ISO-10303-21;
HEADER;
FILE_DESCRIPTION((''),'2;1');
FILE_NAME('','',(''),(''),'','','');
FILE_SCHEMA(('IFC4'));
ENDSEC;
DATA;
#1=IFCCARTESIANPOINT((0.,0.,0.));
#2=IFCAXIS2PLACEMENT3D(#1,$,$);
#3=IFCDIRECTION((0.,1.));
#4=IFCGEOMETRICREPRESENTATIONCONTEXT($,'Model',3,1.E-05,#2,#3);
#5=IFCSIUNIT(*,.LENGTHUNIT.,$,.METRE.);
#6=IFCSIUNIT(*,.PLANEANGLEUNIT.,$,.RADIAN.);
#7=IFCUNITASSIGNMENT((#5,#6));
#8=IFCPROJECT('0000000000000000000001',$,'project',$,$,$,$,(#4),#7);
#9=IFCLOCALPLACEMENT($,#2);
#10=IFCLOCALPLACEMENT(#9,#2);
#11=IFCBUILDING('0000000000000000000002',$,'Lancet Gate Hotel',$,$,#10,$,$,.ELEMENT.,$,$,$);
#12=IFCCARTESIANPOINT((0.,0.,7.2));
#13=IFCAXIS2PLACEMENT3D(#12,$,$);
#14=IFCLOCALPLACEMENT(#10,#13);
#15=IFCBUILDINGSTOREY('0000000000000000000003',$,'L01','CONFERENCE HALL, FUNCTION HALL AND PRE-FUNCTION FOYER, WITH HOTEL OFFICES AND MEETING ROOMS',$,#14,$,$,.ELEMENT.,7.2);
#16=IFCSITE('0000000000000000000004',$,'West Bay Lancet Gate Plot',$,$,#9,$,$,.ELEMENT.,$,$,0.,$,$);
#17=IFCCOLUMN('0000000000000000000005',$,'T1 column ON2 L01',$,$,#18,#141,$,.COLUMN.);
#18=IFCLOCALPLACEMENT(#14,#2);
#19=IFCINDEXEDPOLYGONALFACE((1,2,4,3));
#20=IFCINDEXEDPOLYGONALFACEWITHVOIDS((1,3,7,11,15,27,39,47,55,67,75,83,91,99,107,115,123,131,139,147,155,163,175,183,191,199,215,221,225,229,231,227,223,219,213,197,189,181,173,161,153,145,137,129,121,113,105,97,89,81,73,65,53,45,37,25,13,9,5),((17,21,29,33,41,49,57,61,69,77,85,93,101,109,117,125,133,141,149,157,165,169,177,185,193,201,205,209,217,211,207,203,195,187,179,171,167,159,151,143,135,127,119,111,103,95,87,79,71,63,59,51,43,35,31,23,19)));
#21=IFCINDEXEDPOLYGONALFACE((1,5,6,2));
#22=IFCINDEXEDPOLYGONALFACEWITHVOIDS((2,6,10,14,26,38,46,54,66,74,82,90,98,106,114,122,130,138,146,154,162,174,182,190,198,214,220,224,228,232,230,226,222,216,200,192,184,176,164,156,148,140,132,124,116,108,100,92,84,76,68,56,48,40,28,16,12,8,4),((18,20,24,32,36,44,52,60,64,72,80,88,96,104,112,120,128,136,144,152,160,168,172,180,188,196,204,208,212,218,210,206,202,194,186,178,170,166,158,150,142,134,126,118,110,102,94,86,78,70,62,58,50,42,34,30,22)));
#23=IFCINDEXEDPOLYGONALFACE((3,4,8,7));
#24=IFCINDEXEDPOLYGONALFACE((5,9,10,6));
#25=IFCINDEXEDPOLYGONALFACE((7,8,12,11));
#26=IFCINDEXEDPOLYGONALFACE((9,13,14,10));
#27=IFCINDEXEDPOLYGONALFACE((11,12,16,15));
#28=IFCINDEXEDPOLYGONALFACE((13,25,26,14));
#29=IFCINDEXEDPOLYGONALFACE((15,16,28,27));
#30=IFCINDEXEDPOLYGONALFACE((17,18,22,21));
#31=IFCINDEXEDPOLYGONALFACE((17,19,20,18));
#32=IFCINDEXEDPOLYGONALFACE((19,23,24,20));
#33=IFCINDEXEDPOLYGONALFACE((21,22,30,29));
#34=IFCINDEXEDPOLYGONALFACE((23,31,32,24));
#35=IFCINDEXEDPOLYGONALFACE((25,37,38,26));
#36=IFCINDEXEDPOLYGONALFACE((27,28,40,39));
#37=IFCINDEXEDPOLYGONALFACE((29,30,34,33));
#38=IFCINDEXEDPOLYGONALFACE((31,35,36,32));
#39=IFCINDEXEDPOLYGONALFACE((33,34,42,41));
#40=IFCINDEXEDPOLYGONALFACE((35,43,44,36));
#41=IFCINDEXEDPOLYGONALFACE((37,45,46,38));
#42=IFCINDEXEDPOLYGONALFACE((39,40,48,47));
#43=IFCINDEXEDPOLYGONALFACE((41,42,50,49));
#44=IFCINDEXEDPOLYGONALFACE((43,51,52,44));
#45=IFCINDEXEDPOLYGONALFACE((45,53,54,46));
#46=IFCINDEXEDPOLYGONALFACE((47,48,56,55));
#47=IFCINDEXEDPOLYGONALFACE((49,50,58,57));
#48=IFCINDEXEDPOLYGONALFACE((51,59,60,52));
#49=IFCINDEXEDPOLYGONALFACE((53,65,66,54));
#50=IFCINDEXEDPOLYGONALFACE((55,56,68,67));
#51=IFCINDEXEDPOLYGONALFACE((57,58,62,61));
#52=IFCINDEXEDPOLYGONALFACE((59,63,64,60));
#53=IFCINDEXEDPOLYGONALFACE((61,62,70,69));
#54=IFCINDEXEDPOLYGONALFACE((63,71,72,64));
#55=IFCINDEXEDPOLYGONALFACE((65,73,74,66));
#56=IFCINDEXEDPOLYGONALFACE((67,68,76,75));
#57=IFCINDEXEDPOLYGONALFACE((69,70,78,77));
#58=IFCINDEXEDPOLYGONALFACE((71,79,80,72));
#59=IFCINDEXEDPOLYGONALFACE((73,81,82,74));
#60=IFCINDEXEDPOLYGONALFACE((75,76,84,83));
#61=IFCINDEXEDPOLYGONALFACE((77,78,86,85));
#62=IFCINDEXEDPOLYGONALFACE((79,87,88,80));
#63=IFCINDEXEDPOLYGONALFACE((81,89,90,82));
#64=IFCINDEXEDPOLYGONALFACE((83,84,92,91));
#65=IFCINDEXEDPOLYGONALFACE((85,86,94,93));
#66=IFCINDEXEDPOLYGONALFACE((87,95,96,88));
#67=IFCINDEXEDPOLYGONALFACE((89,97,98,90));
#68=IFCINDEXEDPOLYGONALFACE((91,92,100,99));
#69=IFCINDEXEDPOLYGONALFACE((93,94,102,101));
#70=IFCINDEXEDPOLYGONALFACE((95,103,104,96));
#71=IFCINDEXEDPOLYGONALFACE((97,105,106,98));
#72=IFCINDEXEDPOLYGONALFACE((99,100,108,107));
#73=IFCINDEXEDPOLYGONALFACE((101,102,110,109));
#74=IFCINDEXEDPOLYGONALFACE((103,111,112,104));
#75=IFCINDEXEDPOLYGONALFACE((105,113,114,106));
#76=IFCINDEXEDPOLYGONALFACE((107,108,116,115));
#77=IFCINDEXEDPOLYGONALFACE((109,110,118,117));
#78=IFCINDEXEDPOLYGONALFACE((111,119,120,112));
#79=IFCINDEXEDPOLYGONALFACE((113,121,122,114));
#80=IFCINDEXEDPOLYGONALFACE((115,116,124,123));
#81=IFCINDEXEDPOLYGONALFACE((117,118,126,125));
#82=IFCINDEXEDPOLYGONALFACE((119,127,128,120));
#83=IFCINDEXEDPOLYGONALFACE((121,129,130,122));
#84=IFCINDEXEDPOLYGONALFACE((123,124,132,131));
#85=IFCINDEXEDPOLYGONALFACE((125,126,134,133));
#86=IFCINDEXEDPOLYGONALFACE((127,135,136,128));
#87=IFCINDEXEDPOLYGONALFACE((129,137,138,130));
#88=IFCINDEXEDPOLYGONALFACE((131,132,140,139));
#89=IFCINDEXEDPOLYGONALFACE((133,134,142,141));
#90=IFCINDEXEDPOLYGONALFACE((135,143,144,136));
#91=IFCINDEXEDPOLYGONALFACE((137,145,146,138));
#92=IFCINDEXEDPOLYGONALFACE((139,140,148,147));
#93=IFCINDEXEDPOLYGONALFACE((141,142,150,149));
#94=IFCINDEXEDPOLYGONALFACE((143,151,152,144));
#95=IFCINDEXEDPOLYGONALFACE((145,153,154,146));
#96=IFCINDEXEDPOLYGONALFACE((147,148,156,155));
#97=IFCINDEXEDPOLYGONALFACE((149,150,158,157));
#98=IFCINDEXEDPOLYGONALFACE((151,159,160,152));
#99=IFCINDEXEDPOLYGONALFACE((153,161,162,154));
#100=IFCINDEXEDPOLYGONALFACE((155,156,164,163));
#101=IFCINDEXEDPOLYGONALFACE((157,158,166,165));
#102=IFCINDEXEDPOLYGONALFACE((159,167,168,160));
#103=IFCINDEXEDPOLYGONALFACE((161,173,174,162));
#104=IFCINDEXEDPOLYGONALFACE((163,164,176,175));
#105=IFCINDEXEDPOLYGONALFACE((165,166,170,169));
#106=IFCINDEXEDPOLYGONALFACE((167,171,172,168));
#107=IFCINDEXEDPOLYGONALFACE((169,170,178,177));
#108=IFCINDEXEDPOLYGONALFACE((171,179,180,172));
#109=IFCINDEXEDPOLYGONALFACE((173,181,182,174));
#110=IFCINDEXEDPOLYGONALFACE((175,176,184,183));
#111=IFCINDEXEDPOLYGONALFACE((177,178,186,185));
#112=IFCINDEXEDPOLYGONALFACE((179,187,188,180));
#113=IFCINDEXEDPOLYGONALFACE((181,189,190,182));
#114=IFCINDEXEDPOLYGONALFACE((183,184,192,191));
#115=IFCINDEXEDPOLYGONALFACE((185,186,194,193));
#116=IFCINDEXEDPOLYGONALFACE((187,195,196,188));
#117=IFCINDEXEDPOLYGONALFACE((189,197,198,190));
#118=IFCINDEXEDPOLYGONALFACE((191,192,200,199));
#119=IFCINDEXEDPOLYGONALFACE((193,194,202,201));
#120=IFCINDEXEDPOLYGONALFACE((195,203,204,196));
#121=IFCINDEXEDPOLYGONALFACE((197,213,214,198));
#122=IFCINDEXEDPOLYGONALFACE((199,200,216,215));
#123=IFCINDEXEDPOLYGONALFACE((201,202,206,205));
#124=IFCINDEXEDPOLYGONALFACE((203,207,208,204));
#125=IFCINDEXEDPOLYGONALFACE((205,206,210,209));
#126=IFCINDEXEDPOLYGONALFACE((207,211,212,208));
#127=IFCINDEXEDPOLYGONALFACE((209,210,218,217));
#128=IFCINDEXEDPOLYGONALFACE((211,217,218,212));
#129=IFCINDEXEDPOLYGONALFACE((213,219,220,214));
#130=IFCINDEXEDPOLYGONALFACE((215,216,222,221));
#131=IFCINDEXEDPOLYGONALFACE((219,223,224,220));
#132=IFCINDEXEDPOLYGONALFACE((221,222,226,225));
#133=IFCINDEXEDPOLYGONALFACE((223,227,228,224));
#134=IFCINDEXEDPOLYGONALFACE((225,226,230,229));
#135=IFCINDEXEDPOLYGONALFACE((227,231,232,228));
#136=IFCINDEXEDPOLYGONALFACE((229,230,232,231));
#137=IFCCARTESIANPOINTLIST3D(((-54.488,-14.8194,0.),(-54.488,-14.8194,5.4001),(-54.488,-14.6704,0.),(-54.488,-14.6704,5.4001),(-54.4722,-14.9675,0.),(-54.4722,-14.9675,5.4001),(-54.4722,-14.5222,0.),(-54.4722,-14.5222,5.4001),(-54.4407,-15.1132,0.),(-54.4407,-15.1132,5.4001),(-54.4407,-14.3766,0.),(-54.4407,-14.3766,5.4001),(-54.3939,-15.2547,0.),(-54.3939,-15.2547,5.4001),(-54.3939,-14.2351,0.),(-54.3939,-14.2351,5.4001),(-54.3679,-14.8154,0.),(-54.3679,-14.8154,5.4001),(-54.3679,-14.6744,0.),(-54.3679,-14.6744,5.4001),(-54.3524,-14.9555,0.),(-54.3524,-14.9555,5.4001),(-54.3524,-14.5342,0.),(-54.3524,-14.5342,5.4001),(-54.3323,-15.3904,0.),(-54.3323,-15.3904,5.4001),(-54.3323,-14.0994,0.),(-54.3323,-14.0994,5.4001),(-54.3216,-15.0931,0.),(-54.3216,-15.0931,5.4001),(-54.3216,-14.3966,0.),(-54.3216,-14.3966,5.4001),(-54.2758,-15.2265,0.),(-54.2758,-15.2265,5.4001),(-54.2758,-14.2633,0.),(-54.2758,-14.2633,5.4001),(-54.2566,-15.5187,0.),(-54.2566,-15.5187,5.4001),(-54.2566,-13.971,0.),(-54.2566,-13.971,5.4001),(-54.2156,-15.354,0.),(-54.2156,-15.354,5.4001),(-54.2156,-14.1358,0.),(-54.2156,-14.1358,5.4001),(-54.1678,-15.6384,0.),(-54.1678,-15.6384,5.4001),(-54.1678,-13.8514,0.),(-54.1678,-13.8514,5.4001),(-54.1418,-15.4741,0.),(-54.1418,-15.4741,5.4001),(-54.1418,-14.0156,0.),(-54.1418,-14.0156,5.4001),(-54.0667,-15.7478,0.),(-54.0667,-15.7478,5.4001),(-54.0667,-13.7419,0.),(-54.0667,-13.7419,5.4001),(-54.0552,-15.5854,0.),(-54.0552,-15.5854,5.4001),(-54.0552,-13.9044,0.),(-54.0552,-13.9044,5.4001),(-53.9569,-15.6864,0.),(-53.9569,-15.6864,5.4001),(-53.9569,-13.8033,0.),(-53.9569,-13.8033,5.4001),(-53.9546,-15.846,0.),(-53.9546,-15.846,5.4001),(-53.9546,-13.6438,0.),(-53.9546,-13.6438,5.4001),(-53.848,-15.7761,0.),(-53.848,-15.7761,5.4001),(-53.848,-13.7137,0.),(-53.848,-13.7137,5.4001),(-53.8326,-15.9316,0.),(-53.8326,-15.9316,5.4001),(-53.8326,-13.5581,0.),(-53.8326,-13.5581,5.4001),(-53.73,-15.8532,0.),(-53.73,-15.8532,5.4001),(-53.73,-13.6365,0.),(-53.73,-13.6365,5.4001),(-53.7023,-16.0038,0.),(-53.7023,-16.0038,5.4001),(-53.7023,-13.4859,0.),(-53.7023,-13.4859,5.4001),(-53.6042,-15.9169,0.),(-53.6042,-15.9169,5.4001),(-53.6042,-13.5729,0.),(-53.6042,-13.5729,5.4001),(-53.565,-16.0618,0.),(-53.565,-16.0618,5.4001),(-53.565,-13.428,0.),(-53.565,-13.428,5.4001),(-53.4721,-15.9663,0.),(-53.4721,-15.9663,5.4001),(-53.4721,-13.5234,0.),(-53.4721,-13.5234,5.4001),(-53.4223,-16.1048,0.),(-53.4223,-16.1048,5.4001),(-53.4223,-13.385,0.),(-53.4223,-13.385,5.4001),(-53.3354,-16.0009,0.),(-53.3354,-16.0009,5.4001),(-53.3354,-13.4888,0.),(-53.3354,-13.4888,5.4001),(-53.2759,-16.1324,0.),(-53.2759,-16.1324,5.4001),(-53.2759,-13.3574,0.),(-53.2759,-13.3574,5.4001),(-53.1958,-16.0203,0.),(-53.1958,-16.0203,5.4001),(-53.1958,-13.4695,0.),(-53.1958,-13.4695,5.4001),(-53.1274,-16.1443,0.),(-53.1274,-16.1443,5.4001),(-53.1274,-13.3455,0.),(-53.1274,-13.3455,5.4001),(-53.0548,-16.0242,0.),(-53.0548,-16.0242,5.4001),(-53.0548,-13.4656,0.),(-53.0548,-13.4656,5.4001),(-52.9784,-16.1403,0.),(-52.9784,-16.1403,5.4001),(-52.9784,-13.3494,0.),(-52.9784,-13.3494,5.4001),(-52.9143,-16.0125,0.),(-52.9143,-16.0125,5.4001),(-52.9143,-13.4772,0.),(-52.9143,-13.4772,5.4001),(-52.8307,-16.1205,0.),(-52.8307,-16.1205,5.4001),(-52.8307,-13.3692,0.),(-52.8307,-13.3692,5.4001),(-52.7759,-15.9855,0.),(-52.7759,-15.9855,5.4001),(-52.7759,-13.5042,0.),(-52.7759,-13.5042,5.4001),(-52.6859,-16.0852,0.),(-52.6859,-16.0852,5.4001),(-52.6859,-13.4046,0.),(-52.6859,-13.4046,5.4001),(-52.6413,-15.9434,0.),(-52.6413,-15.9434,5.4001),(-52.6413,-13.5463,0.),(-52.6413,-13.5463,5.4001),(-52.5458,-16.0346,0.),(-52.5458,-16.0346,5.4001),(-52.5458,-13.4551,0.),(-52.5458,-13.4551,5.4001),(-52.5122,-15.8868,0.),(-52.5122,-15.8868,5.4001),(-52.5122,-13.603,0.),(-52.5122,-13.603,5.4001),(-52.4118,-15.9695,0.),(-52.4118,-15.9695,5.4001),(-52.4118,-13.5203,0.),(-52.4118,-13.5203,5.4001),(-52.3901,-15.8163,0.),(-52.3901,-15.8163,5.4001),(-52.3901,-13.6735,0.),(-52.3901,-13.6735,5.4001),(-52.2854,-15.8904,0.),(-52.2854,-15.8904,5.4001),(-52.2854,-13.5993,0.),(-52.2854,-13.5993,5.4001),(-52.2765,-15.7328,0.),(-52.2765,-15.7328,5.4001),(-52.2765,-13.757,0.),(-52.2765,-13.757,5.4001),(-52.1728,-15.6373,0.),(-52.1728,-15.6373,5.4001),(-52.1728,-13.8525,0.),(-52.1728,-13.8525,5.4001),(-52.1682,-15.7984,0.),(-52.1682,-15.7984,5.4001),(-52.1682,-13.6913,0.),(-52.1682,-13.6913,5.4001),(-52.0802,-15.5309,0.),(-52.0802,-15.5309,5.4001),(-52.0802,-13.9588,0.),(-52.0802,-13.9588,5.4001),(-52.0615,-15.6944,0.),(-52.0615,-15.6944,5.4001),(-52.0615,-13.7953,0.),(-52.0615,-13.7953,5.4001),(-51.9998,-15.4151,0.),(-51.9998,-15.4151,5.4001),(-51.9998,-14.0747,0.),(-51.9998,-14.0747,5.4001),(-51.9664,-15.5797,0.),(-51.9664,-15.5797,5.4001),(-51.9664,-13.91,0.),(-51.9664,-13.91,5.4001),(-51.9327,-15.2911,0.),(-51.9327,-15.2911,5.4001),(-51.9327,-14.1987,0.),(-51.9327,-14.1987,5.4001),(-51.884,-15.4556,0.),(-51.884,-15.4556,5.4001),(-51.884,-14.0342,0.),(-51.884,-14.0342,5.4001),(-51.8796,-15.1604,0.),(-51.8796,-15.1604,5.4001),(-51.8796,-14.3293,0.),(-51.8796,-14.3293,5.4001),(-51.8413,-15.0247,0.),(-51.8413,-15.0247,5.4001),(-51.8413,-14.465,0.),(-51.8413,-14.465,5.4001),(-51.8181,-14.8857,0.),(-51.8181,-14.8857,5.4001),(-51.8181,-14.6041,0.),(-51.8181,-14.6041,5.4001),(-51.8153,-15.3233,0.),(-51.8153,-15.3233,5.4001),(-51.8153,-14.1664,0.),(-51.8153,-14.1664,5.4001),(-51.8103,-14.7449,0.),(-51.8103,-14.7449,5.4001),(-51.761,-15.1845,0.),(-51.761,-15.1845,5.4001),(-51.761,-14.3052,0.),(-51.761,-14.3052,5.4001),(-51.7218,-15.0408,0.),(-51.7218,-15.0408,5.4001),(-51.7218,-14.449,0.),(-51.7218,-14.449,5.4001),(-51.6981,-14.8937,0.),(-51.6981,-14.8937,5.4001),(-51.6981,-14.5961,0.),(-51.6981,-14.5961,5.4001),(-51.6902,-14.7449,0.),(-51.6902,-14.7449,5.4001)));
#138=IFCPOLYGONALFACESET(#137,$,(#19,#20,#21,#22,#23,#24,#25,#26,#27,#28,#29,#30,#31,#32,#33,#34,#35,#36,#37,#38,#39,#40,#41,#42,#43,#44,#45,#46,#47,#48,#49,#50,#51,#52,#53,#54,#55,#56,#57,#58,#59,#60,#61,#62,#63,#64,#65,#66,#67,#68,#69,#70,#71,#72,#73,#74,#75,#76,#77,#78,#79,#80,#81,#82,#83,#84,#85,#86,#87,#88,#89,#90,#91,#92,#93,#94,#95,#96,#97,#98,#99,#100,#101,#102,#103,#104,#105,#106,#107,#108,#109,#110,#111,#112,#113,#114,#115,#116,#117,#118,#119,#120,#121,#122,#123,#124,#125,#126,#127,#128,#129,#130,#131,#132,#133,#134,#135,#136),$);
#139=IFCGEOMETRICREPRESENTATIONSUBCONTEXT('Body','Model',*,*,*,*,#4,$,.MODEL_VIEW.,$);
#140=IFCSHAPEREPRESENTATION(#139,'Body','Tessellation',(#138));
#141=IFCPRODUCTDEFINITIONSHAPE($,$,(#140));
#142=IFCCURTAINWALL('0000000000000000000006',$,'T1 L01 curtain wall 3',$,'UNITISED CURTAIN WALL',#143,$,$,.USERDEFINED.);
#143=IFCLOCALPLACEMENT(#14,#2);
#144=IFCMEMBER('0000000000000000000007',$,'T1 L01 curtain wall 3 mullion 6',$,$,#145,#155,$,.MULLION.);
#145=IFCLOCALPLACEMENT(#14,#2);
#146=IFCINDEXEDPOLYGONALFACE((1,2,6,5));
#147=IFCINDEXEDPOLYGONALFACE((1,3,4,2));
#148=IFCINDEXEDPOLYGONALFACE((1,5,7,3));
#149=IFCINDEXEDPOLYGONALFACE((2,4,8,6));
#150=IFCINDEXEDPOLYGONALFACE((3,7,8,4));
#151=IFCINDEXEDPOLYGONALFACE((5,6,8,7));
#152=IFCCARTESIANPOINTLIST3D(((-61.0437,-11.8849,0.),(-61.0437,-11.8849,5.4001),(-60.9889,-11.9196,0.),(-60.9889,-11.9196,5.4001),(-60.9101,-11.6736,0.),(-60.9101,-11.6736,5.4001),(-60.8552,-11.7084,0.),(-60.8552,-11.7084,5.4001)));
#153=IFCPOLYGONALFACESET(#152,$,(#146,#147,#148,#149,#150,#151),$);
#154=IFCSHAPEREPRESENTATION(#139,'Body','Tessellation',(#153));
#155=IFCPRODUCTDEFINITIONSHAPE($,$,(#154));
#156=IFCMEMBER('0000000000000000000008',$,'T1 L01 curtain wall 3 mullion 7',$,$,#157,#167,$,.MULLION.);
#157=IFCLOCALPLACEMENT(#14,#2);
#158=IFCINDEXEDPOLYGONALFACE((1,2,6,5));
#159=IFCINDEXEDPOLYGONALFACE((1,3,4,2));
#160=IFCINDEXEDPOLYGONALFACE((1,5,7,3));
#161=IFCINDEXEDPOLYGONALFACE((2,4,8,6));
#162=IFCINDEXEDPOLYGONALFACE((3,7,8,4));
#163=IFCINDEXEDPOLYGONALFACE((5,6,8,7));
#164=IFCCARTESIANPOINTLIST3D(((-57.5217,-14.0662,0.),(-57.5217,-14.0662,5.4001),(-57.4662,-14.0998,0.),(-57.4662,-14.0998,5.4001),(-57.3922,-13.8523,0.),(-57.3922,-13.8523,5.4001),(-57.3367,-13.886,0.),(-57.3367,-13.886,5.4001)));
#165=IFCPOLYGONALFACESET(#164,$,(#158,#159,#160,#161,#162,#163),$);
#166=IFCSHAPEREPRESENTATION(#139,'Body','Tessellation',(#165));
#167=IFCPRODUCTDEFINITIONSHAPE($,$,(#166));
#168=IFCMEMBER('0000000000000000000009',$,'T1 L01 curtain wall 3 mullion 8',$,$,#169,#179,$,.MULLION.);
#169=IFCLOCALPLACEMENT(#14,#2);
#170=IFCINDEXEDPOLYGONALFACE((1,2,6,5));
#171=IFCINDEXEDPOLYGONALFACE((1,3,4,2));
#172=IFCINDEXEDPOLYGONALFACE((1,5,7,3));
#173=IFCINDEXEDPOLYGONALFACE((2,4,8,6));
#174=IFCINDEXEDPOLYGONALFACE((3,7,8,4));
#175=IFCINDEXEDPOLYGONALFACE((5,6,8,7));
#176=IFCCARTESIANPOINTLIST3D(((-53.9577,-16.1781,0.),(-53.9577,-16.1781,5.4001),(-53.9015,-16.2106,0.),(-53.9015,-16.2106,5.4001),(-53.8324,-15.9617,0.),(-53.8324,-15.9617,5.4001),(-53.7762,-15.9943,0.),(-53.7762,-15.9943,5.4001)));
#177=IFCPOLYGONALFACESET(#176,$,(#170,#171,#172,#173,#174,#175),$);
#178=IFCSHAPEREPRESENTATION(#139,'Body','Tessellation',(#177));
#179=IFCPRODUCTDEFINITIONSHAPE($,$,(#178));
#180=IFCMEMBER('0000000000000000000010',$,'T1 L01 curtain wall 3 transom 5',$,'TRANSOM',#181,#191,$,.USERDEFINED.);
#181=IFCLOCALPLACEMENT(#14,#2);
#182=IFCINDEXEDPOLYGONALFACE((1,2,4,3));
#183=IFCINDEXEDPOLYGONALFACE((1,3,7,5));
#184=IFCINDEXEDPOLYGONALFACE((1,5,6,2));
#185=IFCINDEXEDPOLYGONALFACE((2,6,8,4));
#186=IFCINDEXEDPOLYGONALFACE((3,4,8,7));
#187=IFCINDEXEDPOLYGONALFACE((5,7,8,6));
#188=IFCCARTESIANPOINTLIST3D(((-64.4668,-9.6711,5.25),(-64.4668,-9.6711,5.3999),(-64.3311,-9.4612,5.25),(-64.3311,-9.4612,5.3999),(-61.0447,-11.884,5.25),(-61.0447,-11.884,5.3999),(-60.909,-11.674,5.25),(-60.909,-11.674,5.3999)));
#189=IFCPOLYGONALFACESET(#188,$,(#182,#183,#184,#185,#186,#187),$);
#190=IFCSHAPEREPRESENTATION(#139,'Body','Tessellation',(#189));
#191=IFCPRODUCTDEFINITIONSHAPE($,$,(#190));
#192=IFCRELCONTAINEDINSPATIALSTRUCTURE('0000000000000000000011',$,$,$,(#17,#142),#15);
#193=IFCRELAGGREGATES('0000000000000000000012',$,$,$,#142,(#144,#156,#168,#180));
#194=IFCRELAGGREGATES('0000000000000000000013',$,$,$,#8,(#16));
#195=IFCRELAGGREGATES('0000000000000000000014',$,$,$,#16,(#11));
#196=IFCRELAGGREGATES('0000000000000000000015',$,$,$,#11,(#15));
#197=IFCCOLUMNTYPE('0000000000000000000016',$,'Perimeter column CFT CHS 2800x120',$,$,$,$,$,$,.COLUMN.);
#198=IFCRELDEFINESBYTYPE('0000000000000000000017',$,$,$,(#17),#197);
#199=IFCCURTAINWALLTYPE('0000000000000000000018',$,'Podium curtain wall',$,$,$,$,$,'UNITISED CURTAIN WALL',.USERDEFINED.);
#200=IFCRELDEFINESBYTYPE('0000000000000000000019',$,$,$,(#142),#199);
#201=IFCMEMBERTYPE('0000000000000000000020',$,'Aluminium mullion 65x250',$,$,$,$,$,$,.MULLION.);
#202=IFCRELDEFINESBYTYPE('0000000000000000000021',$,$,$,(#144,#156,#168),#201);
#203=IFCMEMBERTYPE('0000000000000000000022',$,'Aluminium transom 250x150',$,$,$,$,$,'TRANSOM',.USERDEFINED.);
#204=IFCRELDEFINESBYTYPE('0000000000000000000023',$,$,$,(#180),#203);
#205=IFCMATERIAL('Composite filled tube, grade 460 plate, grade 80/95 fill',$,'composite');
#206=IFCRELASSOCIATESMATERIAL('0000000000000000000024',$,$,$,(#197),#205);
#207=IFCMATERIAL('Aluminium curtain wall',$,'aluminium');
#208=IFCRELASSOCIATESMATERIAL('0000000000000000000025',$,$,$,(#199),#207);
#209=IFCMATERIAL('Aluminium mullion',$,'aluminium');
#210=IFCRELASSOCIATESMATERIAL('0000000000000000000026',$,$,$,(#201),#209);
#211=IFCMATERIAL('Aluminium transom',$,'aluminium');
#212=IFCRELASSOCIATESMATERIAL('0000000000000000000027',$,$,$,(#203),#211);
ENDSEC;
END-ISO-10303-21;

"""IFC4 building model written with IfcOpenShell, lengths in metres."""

from ifc_helpers import new_model, si_unit, direction, frame, origin, origin_2d, place, context, subcontext, project, spatial, rectangle, hollow_circle, extrude, material, material_profile, profile_set, type_object, element, aggregate, save


model = new_model("IFC4")

# Units and contexts
model_context = context("Model", 3, precision=1e-05, world=origin(), true_north=direction((0.0, 1.0)))
body_context = subcontext(model_context, "Body", "Model", "MODEL_VIEW")
ifc_project = project(units=[si_unit("LENGTHUNIT", "METRE"), si_unit("PLANEANGLEUNIT", "RADIAN")], contexts=[model_context])

# Site, building, storey
site_placement = place(None, origin())
site = spatial("IfcSite", under=ifc_project, at=site_placement, Name="West Bay Lancet Gate Plot", CompositionType="ELEMENT", RefElevation=0.0)
building_placement = place(site_placement, origin())
building = spatial("IfcBuilding", under=site, at=building_placement, Name="Lancet Gate Hotel", CompositionType="ELEMENT")
storey_placement = place(building_placement, frame((0.0, 0.0, 7.2)))
storey = spatial("IfcBuildingStorey", under=building, at=storey_placement, Name="L01", Description="CONFERENCE HALL, FUNCTION HALL AND PRE-FUNCTION FOYER, WITH HOTEL OFFICES AND MEETING ROOMS", CompositionType="ELEMENT", Elevation=7.2)

# Column
ifc_material_1 = material(Name="Composite filled tube, grade 460 plate, grade 80/95 fill", Category="composite")
ifc_material_profile_1 = material_profile(ifc_material_1, hollow_circle(Radius=1.3999, WallThickness=0.1201, at=origin_2d()), Name="CHS 2800x120")
ifc_profile_set_1 = profile_set([ifc_material_profile_1], Name="Composite filled tube, grade 460 plate, grade 80/95 fill")
column_type_1 = type_object("IfcColumnType", Name="Perimeter column CFT CHS 2800x120", PredefinedType="COLUMN", material=ifc_profile_set_1)
for number, where, z_axis, x_axis, name in (
    (1, (-53.0901, -14.7449, 0.0), (0.0, 0.0, 1.0), (1.0, 0.0, 0.0), "T1 column ON2 L01"),
):
    element("IfcColumn", number, at=place(storey_placement, frame(where, z_axis=z_axis, x_axis=x_axis)), inside=storey, type_object=column_type_1, Name=name, PredefinedType="COLUMN", context=body_context, shape_type="SweptSolid", body=[
        extrude(hollow_circle(Radius=1.3999, WallThickness=0.1201, at=origin_2d()), origin(), (0.0, 0.0, 1.0), 5.4001),
    ])

# Curtain wall, members
ifc_material_2 = material(Name="Aluminium curtain wall", Category="aluminium")
curtain_wall_type = type_object("IfcCurtainWallType", Name="Podium curtain wall", ElementType="UNITISED CURTAIN WALL", PredefinedType="USERDEFINED", material=ifc_material_2)
curtain_wall_placement = place(storey_placement, origin())
curtain_wall = element("IfcCurtainWall", 2, at=curtain_wall_placement, inside=storey, type_object=curtain_wall_type, Name="T1 L01 curtain wall 3", ObjectType="UNITISED CURTAIN WALL", PredefinedType="USERDEFINED")
ifc_material_3 = material(Name="Aluminium mullion", Category="aluminium")
ifc_material_profile_2 = material_profile(ifc_material_3, rectangle(XDim=0.0649, YDim=0.25, at=origin_2d()), Name="MULLION 65x250")
ifc_profile_set_2 = profile_set([ifc_material_profile_2], Name="Aluminium mullion")
member_type_1 = type_object("IfcMemberType", Name="Aluminium mullion 65x250", PredefinedType="MULLION", material=ifc_profile_set_2)
member_1_placement = place(storey_placement, frame((-60.9495, -11.7966, 0.0), z_axis=(0.0, 0.0, 1.0), x_axis=(0.845029, -0.53472, 0.0)))
member_1 = element("IfcMember", 3, at=member_1_placement, type_object=member_type_1, Name="T1 L01 curtain wall 3 mullion 6", PredefinedType="MULLION", context=body_context, shape_type="SweptSolid", body=[
    extrude(rectangle(XDim=0.0649, YDim=0.25, at=origin_2d()), origin(), (0.0, 0.0, 1.0), 5.4001),
])
member_2_placement = place(storey_placement, frame((-57.4292, -13.9761, 0.0), z_axis=(0.0, 0.0, 1.0), x_axis=(0.855346, -0.518057, 0.0)))
member_2 = element("IfcMember", 4, at=member_2_placement, type_object=member_type_1, Name="T1 L01 curtain wall 3 mullion 7", PredefinedType="MULLION", context=body_context, shape_type="SweptSolid", body=[
    extrude(rectangle(XDim=0.0649, YDim=0.25, at=origin_2d()), origin(), (0.0, 0.0, 1.0), 5.4001),
])
member_3_placement = place(storey_placement, frame((-53.8669, -16.0862, 0.0), z_axis=(0.0, 0.0, 1.0), x_axis=(0.865335, -0.501194, 0.0)))
member_3 = element("IfcMember", 5, at=member_3_placement, type_object=member_type_1, Name="T1 L01 curtain wall 3 mullion 8", PredefinedType="MULLION", context=body_context, shape_type="SweptSolid", body=[
    extrude(rectangle(XDim=0.0649, YDim=0.25, at=origin_2d()), origin(), (0.0, 0.0, 1.0), 5.4001),
])
ifc_material_4 = material(Name="Aluminium transom", Category="aluminium")
ifc_material_profile_3 = material_profile(ifc_material_4, rectangle(XDim=0.25, YDim=0.1499, at=origin_2d()), Name="TRANSOM 250x150")
ifc_profile_set_3 = profile_set([ifc_material_profile_3], Name="Aluminium transom")
member_type_2 = type_object("IfcMemberType", Name="Aluminium transom 250x150", ElementType="TRANSOM", PredefinedType="USERDEFINED", material=ifc_profile_set_3)
member_4_placement = place(storey_placement, frame((-64.3989, -9.5662, 5.325), z_axis=(0.839729, -0.543005, 0.0), x_axis=(0.543005, 0.839729, 0.0)))
member_4 = element("IfcMember", 6, at=member_4_placement, type_object=member_type_2, Name="T1 L01 curtain wall 3 transom 5", ObjectType="TRANSOM", PredefinedType="USERDEFINED", context=body_context, shape_type="SweptSolid", body=[
    extrude(rectangle(XDim=0.25, YDim=0.1499, at=origin_2d()), origin(), (0.0, 0.0, 1.0), 4.0752),
])

aggregate(curtain_wall, [member_1, member_2, member_3, member_4])

save(model, "model.ifc")
